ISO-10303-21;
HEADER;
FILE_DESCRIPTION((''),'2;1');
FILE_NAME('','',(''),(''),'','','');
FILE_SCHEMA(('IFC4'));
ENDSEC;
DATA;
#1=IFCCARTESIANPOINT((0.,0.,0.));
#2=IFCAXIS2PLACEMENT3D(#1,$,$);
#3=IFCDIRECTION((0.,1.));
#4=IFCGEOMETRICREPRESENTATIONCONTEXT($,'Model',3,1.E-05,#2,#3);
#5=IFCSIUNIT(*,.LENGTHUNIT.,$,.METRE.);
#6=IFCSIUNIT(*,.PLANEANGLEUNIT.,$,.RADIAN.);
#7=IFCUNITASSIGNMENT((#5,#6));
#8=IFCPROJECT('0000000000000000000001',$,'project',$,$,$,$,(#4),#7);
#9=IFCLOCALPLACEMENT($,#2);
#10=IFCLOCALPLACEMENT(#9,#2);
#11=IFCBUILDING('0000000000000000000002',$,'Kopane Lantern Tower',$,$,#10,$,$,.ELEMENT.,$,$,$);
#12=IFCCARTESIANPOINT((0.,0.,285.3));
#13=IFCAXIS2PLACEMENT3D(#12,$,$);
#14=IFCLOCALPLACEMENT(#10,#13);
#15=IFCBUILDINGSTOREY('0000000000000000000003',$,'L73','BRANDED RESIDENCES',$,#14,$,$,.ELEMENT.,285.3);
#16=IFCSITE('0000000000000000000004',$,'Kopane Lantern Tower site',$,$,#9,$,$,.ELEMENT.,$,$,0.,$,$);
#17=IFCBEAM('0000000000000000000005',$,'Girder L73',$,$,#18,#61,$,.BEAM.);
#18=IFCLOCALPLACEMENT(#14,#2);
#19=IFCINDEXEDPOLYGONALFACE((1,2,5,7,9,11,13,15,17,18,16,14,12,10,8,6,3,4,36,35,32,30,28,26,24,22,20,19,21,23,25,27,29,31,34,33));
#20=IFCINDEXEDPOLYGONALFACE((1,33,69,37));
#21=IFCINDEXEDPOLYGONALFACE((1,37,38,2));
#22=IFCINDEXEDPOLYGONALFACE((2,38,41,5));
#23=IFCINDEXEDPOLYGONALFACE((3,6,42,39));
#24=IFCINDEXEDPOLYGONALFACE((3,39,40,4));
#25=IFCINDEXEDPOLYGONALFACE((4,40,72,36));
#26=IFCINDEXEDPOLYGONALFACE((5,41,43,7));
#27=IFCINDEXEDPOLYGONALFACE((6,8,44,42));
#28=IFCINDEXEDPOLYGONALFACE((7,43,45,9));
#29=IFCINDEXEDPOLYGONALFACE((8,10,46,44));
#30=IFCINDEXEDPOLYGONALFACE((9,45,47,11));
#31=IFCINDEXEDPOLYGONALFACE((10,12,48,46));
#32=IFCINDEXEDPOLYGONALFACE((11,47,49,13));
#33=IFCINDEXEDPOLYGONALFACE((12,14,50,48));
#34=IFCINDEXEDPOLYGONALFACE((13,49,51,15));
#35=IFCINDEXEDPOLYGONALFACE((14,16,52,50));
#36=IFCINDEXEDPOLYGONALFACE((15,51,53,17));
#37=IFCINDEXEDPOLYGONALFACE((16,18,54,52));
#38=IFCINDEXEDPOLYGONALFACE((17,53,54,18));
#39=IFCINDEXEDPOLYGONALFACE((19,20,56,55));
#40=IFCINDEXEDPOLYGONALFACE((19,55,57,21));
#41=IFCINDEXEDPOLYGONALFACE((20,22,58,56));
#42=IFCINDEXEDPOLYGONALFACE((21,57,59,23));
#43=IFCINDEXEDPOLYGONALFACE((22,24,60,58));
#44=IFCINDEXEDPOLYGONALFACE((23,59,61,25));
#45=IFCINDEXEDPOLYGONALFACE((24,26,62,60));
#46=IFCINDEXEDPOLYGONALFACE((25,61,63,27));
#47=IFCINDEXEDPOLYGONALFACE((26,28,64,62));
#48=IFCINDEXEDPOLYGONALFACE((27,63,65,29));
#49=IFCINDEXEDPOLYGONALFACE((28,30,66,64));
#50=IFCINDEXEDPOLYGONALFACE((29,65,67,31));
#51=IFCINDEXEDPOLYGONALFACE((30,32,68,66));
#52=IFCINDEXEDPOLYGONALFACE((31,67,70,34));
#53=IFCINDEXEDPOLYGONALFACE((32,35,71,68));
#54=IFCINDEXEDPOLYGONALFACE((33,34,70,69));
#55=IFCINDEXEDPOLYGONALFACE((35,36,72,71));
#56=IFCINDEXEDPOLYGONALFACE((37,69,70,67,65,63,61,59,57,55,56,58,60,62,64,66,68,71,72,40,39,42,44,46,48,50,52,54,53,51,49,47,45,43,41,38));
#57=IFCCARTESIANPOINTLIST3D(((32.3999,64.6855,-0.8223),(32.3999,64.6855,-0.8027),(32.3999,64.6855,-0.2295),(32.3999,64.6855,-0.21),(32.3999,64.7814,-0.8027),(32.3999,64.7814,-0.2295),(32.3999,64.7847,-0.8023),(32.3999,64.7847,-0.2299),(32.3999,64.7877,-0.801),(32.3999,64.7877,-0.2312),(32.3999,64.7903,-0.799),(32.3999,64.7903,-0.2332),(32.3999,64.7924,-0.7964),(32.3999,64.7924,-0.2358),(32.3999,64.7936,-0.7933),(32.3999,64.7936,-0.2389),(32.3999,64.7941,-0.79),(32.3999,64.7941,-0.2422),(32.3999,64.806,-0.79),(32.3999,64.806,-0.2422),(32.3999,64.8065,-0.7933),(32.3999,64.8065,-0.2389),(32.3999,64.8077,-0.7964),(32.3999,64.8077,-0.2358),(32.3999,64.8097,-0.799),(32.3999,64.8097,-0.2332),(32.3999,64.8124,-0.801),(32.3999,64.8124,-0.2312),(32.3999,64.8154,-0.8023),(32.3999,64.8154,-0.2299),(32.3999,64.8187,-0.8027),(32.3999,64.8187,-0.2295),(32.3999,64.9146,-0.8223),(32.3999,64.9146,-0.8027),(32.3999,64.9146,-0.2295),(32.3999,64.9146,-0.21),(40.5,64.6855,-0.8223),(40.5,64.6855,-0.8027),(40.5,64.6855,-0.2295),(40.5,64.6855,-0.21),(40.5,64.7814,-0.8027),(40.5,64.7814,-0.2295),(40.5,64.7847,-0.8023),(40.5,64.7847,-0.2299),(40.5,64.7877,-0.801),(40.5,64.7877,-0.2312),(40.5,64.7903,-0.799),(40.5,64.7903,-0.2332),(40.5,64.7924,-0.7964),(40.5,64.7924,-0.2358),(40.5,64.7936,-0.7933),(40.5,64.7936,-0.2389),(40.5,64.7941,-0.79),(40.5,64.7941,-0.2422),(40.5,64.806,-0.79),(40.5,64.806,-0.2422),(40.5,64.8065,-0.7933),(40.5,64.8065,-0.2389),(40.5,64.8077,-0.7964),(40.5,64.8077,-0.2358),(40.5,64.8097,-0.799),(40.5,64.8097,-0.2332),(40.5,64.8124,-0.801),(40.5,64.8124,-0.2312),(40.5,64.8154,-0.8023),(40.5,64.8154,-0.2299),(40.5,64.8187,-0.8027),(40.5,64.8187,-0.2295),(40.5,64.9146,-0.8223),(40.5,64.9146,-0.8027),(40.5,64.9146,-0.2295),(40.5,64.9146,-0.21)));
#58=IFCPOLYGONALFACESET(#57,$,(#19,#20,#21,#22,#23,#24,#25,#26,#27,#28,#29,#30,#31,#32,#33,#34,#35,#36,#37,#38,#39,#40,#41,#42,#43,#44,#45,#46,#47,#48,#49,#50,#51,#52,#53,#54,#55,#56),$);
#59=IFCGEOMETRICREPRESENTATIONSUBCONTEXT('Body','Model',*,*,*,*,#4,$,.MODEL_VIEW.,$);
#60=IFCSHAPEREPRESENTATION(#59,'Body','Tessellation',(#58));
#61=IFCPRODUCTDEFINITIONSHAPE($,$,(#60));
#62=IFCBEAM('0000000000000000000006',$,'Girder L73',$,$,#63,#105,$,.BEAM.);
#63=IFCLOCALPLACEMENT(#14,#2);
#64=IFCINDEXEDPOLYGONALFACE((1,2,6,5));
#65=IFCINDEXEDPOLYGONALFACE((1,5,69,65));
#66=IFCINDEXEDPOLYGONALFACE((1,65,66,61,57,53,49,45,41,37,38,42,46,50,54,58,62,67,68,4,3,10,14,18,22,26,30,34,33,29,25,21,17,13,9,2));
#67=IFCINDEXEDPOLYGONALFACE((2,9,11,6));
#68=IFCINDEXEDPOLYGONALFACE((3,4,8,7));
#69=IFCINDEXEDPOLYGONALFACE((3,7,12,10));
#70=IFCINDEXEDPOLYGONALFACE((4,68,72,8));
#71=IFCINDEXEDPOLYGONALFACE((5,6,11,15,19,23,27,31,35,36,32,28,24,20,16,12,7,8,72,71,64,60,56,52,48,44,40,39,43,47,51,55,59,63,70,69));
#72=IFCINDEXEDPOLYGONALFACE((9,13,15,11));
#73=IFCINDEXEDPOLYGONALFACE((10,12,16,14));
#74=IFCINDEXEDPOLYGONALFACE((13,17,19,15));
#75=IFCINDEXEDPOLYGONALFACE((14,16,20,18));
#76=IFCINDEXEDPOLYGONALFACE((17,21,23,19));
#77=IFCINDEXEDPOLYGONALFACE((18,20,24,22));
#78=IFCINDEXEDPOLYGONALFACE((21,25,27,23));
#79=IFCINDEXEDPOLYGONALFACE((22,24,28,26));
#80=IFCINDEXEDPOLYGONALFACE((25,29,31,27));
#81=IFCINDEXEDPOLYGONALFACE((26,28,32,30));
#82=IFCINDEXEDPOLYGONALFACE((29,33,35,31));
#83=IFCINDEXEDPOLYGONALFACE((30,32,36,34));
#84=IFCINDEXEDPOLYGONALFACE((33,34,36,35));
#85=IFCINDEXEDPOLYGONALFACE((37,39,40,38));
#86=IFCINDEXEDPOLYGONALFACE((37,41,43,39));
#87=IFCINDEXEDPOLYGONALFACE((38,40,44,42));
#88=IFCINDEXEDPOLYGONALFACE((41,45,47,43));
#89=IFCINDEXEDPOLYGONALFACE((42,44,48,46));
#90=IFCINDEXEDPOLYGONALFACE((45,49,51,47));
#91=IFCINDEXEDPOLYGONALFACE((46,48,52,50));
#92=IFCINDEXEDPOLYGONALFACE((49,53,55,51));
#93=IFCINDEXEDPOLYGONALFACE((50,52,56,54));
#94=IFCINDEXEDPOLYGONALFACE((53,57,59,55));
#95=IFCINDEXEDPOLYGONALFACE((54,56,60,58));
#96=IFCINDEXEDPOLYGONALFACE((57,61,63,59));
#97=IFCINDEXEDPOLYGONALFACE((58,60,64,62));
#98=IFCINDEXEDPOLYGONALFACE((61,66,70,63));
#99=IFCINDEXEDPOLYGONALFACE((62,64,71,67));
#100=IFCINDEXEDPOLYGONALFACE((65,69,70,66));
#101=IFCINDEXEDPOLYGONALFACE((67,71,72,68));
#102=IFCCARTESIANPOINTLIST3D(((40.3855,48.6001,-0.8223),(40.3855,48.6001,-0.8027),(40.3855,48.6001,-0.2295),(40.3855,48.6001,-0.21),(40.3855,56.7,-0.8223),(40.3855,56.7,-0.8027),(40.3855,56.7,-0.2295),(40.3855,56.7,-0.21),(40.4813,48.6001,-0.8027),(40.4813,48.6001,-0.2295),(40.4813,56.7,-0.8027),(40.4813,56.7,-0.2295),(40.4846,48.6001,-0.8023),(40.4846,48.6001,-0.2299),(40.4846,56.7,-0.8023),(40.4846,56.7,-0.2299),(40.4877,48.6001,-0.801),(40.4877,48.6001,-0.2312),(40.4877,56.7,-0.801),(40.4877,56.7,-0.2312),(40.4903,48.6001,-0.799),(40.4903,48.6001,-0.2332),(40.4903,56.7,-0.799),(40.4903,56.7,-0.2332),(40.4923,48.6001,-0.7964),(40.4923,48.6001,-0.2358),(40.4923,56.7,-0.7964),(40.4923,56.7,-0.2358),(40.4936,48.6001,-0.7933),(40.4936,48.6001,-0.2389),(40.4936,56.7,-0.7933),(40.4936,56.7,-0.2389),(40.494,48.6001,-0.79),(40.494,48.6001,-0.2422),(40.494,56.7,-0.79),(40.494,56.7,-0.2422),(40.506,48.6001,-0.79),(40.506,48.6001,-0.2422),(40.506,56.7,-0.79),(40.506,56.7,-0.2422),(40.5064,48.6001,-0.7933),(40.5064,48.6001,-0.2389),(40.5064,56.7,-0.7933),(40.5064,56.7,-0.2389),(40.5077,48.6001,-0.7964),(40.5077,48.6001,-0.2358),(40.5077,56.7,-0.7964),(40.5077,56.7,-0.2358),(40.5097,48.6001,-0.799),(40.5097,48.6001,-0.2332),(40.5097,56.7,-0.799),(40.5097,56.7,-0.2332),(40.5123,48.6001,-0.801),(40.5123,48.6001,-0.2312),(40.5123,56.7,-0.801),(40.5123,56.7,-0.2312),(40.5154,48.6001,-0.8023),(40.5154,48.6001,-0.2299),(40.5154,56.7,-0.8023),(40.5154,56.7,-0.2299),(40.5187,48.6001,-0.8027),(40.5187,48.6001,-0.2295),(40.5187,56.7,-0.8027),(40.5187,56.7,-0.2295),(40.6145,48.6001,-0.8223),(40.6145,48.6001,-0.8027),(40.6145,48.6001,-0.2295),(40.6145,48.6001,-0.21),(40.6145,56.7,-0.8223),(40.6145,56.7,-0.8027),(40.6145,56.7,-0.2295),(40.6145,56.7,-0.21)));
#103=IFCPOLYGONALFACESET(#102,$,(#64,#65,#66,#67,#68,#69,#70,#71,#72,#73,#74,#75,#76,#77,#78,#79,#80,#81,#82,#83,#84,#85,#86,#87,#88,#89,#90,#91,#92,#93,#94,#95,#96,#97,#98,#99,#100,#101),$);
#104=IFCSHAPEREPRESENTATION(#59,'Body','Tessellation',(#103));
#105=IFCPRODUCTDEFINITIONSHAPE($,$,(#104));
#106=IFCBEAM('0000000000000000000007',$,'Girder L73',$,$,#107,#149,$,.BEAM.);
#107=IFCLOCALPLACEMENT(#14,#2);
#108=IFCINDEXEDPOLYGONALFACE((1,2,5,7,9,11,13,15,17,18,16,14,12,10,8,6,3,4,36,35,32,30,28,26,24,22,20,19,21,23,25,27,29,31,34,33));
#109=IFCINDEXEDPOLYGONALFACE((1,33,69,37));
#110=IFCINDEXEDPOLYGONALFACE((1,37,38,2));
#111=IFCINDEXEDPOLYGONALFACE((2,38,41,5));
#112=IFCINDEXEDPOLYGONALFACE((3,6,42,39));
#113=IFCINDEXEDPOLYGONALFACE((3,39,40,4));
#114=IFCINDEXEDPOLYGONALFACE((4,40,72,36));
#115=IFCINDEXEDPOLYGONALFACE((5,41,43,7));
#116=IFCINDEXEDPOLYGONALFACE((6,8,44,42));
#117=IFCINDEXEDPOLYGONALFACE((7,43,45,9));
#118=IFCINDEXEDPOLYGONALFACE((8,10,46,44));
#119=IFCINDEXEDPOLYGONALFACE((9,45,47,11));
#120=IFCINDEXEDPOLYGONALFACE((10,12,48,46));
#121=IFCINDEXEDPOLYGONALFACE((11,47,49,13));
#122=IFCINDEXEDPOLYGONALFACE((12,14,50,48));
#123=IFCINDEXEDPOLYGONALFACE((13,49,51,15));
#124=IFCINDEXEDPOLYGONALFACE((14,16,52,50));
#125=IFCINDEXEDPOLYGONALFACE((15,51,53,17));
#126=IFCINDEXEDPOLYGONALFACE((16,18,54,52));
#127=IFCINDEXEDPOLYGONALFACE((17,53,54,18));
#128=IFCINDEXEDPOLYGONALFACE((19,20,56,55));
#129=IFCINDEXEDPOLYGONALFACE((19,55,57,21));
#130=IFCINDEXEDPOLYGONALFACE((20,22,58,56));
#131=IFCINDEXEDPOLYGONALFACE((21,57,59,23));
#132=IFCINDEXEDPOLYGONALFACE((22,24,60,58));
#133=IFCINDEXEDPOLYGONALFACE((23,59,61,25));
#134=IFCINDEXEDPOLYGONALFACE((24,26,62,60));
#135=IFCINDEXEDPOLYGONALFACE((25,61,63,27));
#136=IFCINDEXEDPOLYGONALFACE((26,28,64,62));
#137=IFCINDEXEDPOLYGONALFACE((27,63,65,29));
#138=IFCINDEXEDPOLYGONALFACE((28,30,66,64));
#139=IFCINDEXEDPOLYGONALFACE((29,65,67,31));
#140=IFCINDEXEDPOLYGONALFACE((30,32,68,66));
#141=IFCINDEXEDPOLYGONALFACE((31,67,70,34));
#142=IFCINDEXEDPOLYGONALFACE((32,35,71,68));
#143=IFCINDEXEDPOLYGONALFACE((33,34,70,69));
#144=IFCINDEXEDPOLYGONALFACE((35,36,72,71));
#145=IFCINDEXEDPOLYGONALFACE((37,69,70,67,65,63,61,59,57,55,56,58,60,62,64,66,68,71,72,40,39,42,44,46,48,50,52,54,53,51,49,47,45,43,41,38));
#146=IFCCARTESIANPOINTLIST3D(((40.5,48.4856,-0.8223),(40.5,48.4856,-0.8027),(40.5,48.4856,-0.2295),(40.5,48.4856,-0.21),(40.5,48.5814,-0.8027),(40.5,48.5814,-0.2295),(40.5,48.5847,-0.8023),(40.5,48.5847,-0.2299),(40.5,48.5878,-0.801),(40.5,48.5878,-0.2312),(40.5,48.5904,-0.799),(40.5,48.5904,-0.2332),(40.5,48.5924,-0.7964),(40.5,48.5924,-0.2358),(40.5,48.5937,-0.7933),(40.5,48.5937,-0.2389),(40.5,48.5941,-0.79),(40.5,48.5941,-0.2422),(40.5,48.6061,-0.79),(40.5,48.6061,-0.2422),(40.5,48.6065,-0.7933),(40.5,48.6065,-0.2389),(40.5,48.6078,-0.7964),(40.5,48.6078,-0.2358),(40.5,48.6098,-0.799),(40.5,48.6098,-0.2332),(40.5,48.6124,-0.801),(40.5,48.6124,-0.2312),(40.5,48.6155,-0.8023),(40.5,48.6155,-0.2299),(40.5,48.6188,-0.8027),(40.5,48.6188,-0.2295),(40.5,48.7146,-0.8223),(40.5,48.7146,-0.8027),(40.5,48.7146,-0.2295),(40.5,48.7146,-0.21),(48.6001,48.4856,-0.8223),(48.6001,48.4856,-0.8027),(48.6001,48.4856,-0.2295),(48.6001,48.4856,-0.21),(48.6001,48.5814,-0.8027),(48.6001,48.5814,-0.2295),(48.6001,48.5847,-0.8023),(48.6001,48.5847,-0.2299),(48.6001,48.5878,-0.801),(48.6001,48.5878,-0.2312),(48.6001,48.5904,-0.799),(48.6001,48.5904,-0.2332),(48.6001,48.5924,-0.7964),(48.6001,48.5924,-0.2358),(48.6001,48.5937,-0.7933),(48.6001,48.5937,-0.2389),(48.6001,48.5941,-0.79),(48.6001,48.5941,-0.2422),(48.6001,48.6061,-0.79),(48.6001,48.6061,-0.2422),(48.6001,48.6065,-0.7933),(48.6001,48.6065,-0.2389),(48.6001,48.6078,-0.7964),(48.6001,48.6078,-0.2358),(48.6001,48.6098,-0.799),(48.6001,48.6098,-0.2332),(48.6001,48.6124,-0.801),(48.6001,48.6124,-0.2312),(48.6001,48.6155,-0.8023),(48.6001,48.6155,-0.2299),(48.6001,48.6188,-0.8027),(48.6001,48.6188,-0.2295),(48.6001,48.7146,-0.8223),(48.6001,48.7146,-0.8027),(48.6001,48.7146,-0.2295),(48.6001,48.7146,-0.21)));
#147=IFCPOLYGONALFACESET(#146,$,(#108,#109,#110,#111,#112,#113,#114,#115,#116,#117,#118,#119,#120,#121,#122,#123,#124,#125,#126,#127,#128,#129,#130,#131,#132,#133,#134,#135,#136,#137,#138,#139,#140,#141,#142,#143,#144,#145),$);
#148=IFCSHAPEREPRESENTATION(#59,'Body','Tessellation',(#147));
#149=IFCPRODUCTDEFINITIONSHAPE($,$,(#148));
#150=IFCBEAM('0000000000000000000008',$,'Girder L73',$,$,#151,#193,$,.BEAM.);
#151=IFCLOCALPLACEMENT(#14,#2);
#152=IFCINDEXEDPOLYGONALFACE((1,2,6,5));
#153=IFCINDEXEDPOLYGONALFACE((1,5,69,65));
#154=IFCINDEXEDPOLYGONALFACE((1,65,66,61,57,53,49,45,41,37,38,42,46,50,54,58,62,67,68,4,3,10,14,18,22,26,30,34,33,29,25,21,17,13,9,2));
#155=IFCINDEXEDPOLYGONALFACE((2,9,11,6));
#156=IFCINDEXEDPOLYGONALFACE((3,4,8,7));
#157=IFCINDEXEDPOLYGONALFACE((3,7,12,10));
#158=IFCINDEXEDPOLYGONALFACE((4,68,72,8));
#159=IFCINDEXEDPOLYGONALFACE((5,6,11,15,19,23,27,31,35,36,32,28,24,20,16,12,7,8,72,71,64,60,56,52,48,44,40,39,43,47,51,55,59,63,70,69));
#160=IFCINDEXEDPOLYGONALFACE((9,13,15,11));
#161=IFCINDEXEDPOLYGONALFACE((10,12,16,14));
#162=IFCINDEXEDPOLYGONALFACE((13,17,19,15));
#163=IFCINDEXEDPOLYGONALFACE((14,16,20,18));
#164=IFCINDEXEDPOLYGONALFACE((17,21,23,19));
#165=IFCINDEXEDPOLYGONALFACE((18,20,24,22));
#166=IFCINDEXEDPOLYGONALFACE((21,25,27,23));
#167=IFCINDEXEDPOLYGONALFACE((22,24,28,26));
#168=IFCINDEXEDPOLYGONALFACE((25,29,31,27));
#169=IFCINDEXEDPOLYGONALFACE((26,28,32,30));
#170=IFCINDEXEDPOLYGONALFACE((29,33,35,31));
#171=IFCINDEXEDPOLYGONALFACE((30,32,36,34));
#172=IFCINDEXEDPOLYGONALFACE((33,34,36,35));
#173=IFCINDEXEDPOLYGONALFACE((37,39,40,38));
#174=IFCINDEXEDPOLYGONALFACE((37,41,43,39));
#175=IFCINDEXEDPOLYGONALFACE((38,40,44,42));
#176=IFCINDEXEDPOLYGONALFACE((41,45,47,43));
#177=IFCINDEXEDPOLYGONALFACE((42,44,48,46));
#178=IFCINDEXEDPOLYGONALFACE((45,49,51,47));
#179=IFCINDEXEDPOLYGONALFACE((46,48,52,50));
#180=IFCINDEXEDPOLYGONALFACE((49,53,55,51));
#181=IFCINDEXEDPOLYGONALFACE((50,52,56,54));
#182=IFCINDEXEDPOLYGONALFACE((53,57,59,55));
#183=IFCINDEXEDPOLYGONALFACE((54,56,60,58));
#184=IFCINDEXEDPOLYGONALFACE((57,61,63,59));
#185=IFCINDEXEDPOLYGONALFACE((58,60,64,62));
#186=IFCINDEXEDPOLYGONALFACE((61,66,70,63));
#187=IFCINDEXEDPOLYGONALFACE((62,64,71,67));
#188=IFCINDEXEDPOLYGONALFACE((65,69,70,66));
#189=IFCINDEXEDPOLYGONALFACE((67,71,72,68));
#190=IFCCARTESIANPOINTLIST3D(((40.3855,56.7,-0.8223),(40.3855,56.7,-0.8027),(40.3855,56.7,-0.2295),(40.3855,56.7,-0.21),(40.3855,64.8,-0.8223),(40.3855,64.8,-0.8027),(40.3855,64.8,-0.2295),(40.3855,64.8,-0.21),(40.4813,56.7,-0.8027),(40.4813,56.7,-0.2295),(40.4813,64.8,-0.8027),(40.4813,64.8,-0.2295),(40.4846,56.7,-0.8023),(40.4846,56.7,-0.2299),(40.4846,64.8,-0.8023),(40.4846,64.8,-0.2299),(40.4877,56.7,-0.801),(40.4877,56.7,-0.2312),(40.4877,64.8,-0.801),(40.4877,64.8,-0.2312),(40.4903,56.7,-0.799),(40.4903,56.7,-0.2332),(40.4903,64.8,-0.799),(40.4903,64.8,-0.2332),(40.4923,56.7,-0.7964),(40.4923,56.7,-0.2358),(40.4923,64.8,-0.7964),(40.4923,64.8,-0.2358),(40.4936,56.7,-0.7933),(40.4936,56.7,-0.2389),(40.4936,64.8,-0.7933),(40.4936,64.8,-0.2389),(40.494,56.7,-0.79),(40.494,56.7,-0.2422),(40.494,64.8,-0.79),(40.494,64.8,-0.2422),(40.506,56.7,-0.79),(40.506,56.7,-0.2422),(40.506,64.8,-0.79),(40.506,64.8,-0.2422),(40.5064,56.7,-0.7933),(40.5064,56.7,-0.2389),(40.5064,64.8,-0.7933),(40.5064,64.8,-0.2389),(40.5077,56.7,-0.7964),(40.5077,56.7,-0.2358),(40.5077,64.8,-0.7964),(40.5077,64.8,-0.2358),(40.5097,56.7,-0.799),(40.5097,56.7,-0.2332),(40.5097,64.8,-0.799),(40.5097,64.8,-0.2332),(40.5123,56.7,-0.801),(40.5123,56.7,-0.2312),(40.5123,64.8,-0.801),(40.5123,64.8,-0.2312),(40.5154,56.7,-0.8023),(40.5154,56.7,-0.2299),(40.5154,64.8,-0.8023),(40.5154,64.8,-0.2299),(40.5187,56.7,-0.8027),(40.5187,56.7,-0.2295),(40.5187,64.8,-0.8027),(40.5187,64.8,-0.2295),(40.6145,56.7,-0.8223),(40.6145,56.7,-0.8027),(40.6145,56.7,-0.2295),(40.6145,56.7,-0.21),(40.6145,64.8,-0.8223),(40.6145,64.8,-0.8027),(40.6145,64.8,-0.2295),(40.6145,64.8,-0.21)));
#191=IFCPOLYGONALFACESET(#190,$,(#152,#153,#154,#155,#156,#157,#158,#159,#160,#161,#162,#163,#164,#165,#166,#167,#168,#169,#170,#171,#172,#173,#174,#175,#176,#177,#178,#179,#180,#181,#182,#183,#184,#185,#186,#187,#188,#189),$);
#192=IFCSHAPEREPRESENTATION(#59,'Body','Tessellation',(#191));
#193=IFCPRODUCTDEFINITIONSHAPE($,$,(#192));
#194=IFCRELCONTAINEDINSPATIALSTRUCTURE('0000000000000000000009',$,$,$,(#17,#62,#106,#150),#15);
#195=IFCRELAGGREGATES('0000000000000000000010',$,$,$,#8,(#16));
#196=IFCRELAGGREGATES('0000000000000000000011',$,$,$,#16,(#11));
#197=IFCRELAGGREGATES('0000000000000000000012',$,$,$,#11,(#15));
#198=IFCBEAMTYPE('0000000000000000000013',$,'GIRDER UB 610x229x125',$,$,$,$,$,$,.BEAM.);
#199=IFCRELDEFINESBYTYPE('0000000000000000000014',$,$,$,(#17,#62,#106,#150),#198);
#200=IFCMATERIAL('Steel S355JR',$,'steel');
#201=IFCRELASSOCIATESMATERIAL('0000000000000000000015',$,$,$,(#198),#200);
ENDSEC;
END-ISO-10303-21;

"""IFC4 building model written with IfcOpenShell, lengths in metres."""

from ifc_helpers import new_model, si_unit, direction, frame, origin, origin_2d, place, context, subcontext, project, spatial, i_section, extrude, material, material_profile, profile_set, type_object, element, save


model = new_model("IFC4")

# Units and contexts
model_context = context("Model", 3, precision=1e-05, world=origin(), true_north=direction((0.0, 1.0)))
body_context = subcontext(model_context, "Body", "Model", "MODEL_VIEW")
ifc_project = project(units=[si_unit("LENGTHUNIT", "METRE"), si_unit("PLANEANGLEUNIT", "RADIAN")], contexts=[model_context])

# Site, building, storey
site_placement = place(None, origin())
site = spatial("IfcSite", under=ifc_project, at=site_placement, Name="Kopane Lantern Tower site", CompositionType="ELEMENT", RefElevation=0.0)
building_placement = place(site_placement, origin())
building = spatial("IfcBuilding", under=site, at=building_placement, Name="Kopane Lantern Tower", CompositionType="ELEMENT")
storey_placement = place(building_placement, frame((0.0, 0.0, 285.3)))
storey = spatial("IfcBuildingStorey", under=building, at=storey_placement, Name="L73", Description="BRANDED RESIDENCES", CompositionType="ELEMENT", Elevation=285.3)

# Beams
ifc_material_1 = material(Name="Steel S355JR", Category="steel")
ifc_material_profile_1 = material_profile(ifc_material_1, i_section(OverallWidth=0.229, OverallDepth=0.6123, WebThickness=0.012, FlangeThickness=0.0195, FilletRadius=0.0127, at=origin_2d()), Name="UB 610x229x125")
ifc_profile_set_1 = profile_set([ifc_material_profile_1], Name="Steel S355JR")
beam_type = type_object("IfcBeamType", Name="GIRDER UB 610x229x125", PredefinedType="BEAM", material=ifc_profile_set_1)
for number, where, z_axis, x_axis, name in (
    (1, (32.3999, 64.8, -0.5161), (1.0, 0.0, 0.0), (0.0, 1.0, 0.0), "Girder L73"),
):
    element("IfcBeam", number, at=place(storey_placement, frame(where, z_axis=z_axis, x_axis=x_axis)), inside=storey, type_object=beam_type, Name=name, PredefinedType="BEAM", context=body_context, shape_type="SweptSolid", body=[
        extrude(i_section(OverallWidth=0.229, OverallDepth=0.6123, WebThickness=0.012, FlangeThickness=0.0195, FilletRadius=0.0127, at=origin_2d()), origin(), (0.0, 0.0, 1.0), 8.1001),
    ])
beam_1_placement = place(storey_placement, frame((40.5, 48.6001, -0.5161), z_axis=(0.0, 1.0, 0.0), x_axis=(-1.0, 0.0, 0.0)))
element("IfcBeam", 2, at=beam_1_placement, inside=storey, type_object=beam_type, Name="Girder L73", PredefinedType="BEAM", context=body_context, shape_type="SweptSolid", body=[
    extrude(i_section(OverallWidth=0.229, OverallDepth=0.6123, WebThickness=0.012, FlangeThickness=0.0195, FilletRadius=0.0127, at=origin_2d()), origin(), (0.0, 0.0, 1.0), 8.0999),
])
for number, where, z_axis, x_axis, name in (
    (3, (40.5, 48.6001, -0.5161), (1.0, 0.0, 0.0), (0.0, 1.0, 0.0), "Girder L73"),
    (4, (40.5, 56.7, -0.5161), (0.0, 1.0, 0.0), (-1.0, 0.0, 0.0), "Girder L73"),
):
    element("IfcBeam", number, at=place(storey_placement, frame(where, z_axis=z_axis, x_axis=x_axis)), inside=storey, type_object=beam_type, Name=name, PredefinedType="BEAM", context=body_context, shape_type="SweptSolid", body=[
        extrude(i_section(OverallWidth=0.229, OverallDepth=0.6123, WebThickness=0.012, FlangeThickness=0.0195, FilletRadius=0.0127, at=origin_2d()), origin(), (0.0, 0.0, 1.0), 8.1001),
    ])

save(model, "model.ifc")
